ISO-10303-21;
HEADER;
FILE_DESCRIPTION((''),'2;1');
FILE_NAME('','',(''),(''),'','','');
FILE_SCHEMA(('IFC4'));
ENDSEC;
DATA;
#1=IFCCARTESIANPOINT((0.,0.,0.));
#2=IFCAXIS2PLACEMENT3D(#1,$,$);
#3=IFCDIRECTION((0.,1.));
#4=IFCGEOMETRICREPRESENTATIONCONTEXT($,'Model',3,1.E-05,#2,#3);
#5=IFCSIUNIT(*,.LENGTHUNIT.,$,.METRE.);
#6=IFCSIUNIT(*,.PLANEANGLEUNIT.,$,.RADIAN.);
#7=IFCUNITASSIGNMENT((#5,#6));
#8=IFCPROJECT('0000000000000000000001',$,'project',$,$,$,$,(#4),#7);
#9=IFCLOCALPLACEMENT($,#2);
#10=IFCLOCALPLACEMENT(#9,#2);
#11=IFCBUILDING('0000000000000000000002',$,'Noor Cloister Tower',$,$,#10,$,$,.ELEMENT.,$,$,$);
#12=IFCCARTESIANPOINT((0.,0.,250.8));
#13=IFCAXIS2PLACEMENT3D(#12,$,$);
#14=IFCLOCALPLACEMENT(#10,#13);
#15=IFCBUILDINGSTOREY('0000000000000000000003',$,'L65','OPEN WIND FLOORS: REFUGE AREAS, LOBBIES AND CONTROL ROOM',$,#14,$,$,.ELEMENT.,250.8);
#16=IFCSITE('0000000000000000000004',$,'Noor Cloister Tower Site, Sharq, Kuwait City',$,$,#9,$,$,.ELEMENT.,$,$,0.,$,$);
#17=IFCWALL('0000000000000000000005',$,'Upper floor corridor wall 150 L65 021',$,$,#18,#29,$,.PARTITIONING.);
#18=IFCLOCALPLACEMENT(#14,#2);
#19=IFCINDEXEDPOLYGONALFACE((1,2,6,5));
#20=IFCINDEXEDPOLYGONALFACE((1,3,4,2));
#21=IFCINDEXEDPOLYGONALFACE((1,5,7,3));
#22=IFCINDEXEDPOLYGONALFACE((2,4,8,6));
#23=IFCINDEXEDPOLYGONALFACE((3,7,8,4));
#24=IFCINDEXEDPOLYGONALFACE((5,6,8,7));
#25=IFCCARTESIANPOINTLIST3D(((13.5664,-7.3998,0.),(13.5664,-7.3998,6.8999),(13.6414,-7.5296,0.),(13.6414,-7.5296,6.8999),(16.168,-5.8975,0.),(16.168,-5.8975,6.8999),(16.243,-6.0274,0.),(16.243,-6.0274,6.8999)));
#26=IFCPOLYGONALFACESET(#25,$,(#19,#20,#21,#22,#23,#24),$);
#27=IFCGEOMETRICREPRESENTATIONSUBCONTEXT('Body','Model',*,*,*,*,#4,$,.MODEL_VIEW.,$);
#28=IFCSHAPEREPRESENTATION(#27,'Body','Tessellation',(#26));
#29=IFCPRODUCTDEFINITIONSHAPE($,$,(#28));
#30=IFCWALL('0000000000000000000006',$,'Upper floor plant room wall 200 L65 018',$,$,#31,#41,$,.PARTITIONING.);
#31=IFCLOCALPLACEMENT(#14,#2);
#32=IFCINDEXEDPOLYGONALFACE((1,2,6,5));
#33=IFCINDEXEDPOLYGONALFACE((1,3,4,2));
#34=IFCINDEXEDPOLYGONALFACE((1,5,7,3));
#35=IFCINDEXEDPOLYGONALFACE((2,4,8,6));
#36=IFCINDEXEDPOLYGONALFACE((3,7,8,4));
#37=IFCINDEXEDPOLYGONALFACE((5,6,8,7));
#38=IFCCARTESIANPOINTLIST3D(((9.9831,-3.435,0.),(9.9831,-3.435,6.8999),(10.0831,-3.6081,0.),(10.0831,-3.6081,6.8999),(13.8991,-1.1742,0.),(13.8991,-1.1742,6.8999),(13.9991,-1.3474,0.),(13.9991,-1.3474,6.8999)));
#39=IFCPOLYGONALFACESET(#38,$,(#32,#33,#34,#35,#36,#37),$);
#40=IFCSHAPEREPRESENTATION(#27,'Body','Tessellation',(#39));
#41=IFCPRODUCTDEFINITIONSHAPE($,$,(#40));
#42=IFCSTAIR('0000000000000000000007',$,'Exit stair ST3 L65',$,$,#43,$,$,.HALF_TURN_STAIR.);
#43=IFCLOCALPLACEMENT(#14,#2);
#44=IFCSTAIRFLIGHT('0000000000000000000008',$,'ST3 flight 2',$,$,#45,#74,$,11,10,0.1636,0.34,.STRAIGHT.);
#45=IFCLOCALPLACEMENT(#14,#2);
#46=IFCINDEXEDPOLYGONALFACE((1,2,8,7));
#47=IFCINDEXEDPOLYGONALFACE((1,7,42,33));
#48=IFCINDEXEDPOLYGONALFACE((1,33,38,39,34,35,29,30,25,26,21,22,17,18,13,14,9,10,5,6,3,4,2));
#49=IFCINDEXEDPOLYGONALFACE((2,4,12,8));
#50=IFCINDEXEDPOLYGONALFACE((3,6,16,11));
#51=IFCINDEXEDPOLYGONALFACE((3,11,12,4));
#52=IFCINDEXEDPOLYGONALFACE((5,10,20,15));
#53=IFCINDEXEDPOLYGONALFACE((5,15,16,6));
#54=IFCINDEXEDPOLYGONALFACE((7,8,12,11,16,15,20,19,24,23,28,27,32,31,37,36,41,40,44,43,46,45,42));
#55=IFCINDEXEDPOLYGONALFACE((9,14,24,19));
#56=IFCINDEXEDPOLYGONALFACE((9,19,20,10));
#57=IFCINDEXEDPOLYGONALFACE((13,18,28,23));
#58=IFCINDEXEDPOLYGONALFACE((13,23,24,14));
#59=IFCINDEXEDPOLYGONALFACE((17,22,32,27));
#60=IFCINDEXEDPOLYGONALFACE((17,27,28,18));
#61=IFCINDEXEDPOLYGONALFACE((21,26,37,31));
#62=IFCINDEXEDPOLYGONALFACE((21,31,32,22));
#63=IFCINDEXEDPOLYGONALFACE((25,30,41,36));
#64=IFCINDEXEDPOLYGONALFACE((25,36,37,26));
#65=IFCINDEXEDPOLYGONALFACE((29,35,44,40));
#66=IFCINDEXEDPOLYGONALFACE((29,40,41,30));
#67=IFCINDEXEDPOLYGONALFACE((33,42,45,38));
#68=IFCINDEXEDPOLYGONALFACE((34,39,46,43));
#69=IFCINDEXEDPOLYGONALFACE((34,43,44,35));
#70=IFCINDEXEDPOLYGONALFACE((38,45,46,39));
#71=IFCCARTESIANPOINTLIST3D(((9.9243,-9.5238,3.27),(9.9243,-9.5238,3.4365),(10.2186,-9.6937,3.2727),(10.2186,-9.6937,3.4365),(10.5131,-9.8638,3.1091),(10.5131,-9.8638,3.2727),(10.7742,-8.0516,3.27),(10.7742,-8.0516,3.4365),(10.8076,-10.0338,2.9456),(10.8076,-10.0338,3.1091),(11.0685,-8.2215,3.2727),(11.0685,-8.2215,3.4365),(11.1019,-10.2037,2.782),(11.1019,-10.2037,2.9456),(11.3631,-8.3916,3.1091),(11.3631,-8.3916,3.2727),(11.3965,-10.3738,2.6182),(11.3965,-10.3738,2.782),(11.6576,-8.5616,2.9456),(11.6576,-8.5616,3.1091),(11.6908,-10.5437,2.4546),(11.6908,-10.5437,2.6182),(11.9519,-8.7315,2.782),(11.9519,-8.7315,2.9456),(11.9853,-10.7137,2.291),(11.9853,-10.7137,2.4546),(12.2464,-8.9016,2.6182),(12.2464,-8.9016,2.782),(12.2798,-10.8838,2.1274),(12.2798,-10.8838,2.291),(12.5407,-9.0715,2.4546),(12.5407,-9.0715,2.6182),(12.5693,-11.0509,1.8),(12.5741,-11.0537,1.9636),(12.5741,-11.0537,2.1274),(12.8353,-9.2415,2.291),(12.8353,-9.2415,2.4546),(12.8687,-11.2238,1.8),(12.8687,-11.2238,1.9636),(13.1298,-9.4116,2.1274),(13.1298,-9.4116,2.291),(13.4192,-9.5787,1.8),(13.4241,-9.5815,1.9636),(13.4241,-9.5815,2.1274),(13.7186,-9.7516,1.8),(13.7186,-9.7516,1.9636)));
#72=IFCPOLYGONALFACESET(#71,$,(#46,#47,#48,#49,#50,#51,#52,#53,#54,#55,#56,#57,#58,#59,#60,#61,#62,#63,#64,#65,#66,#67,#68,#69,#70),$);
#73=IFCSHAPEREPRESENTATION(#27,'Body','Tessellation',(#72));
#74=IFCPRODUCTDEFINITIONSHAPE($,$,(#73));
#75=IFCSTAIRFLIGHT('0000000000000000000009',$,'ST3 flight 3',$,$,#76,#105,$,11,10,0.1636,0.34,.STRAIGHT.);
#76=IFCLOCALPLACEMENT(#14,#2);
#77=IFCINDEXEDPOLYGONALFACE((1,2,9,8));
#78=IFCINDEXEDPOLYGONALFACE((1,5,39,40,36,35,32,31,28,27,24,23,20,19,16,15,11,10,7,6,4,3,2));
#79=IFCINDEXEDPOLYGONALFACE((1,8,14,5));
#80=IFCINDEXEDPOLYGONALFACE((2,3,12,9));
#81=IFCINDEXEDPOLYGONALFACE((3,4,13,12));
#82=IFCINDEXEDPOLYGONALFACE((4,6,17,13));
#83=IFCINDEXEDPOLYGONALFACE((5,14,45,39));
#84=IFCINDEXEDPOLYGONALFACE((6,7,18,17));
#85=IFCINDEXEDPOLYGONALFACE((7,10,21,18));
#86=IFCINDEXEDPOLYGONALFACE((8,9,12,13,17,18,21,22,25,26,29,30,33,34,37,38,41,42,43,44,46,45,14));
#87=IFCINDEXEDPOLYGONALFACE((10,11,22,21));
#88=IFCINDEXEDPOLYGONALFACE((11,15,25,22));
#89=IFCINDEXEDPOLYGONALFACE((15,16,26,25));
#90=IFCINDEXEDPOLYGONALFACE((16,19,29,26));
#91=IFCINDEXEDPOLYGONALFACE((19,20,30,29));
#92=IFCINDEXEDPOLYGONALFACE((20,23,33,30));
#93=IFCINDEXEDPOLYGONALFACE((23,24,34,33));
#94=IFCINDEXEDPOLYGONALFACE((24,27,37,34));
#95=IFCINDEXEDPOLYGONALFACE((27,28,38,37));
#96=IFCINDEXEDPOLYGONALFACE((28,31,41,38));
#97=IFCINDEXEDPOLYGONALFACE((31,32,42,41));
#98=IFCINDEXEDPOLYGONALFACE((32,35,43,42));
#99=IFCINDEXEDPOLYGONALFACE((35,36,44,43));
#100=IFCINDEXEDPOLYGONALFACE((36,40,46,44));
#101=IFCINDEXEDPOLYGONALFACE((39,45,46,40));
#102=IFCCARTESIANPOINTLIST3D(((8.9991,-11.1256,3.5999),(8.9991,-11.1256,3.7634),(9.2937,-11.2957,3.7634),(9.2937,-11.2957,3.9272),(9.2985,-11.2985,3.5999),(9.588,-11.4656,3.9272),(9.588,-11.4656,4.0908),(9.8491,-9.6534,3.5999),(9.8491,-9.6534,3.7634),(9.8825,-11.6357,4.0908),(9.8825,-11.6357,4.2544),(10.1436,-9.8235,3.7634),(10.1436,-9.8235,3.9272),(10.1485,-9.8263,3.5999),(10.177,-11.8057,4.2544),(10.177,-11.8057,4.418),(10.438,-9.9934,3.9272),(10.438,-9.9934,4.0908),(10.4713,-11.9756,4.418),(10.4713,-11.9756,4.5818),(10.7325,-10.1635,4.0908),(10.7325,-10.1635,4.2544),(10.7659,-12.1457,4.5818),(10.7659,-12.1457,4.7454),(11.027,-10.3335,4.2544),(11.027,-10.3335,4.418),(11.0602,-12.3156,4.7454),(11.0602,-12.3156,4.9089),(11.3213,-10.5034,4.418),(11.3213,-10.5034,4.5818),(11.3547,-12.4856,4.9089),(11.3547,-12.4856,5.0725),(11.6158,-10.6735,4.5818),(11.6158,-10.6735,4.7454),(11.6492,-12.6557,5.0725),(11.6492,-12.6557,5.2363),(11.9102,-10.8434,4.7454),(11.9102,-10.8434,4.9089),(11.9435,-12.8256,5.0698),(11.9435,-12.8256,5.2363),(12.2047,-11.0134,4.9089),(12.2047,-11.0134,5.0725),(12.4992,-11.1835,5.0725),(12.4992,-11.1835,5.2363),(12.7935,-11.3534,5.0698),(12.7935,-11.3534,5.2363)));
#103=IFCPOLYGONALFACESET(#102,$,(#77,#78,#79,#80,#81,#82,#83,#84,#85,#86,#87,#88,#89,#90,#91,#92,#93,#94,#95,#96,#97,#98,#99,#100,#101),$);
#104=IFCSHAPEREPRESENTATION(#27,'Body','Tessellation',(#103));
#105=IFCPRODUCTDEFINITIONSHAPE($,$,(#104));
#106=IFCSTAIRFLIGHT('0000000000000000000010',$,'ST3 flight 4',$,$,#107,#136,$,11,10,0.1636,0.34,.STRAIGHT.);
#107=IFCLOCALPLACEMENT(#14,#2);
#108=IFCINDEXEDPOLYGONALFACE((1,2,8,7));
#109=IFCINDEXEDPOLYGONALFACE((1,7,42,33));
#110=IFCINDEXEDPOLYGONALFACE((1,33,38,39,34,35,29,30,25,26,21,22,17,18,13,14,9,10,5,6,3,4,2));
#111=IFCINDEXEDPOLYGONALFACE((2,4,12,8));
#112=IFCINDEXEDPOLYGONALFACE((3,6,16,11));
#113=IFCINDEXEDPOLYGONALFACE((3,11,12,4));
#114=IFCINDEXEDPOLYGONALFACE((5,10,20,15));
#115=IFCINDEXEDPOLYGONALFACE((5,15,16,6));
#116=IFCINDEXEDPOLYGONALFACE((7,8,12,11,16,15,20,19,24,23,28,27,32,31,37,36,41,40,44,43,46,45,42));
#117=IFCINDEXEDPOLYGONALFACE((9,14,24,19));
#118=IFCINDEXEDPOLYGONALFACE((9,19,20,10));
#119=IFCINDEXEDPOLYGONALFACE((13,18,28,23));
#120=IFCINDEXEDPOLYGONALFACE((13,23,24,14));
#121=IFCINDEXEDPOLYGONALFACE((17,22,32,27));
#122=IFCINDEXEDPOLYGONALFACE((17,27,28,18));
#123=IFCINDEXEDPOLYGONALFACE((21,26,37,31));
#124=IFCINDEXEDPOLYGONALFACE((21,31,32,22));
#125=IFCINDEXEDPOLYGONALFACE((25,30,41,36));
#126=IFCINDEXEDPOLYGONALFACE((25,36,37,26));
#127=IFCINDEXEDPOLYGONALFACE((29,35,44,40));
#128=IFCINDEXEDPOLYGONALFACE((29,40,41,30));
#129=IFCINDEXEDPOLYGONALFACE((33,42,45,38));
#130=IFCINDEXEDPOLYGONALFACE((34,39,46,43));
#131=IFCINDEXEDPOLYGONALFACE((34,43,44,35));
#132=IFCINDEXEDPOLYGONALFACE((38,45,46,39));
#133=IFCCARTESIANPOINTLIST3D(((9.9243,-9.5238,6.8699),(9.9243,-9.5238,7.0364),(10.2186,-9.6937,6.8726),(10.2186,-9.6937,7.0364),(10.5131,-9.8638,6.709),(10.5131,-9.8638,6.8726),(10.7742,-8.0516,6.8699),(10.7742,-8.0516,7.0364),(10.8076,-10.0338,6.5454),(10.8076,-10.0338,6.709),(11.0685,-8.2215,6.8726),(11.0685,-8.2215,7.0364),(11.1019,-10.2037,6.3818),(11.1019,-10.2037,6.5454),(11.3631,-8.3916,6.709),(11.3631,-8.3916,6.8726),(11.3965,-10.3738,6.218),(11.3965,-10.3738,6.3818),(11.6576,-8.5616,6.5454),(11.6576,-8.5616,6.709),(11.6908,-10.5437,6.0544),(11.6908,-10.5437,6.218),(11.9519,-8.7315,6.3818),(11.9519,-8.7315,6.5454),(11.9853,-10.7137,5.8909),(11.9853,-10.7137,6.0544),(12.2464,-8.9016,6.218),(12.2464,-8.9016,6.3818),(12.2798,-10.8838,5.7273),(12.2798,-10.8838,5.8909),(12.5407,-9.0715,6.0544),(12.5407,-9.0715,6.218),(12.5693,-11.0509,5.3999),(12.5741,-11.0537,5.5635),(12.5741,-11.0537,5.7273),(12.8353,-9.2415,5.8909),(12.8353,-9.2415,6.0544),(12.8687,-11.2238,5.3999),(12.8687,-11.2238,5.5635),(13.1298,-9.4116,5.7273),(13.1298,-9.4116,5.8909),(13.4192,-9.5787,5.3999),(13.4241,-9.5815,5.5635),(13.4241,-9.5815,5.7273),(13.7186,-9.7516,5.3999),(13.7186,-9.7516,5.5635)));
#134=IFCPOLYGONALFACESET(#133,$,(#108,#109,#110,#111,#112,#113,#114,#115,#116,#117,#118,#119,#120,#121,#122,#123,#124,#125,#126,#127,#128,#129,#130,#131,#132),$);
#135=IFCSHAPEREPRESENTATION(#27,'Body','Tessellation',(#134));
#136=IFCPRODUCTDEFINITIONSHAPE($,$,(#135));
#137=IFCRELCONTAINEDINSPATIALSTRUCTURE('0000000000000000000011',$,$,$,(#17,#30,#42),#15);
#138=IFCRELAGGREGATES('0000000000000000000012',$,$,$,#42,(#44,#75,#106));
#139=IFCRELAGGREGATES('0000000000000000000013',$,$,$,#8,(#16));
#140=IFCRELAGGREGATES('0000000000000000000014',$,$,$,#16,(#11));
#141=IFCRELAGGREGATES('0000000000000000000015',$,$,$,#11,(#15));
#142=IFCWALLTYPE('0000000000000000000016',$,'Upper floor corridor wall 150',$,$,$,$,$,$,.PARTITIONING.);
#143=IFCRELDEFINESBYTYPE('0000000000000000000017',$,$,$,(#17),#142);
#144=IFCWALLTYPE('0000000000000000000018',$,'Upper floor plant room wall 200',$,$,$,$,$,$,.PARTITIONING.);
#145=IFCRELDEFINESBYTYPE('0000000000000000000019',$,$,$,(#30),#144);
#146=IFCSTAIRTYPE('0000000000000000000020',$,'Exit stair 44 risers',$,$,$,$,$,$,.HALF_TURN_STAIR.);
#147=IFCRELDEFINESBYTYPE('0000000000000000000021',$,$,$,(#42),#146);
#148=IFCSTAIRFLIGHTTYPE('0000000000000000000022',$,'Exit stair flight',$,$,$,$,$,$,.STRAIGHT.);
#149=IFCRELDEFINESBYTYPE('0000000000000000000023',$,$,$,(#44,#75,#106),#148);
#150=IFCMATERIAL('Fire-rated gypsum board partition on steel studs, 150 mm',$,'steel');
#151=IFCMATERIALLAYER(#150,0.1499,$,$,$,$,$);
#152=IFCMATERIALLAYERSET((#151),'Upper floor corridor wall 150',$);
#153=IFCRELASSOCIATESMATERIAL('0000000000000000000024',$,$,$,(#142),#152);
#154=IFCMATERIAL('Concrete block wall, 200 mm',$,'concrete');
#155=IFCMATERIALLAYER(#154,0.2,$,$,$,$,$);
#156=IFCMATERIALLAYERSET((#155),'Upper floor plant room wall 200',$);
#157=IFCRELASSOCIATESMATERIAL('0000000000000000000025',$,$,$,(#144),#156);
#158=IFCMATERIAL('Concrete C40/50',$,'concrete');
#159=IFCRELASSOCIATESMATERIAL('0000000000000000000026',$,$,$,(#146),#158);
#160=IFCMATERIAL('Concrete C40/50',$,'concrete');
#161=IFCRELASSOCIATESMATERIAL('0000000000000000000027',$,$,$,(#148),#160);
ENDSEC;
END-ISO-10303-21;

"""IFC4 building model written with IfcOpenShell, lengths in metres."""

from ifc_helpers import new_model, si_unit, direction, frame, frame_2d, origin, place, context, subcontext, project, spatial, polyline, rectangle, outline, extrude, material, layer, layer_set, type_object, element, aggregate, save


model = new_model("IFC4")

# Units and contexts
model_context = context("Model", 3, precision=1e-05, world=origin(), true_north=direction((0.0, 1.0)))
body_context = subcontext(model_context, "Body", "Model", "MODEL_VIEW")
ifc_project = project(units=[si_unit("LENGTHUNIT", "METRE"), si_unit("PLANEANGLEUNIT", "RADIAN")], contexts=[model_context])

# Site, building, storey
site_placement = place(None, origin())
site = spatial("IfcSite", under=ifc_project, at=site_placement, Name="Noor Cloister Tower Site, Sharq, Kuwait City", CompositionType="ELEMENT", RefElevation=0.0)
building_placement = place(site_placement, origin())
building = spatial("IfcBuilding", under=site, at=building_placement, Name="Noor Cloister Tower", CompositionType="ELEMENT")
storey_placement = place(building_placement, frame((0.0, 0.0, 250.8)))
storey = spatial("IfcBuildingStorey", under=building, at=storey_placement, Name="L65", Description="OPEN WIND FLOORS: REFUGE AREAS, LOBBIES AND CONTROL ROOM", CompositionType="ELEMENT", Elevation=250.8)

# Shared definitions
ifc_material_1 = material(Name="Fire-rated gypsum board partition on steel studs, 150 mm", Category="steel")
ifc_layer_1 = layer(ifc_material_1, 0.1499)
ifc_layer_set_1 = layer_set([ifc_layer_1], Name="Upper floor corridor wall 150")
wall_type_1 = type_object("IfcWallType", Name="Upper floor corridor wall 150", PredefinedType="PARTITIONING", material=ifc_layer_set_1)

# Walls
wall_1_placement = place(storey_placement, frame((13.604, -7.4646, 0.0), z_axis=(0.0, 0.0, 1.0), x_axis=(0.865999, 0.500046, 0.0)))
element("IfcWall", 1, at=wall_1_placement, inside=storey, type_object=wall_type_1, Name="Upper floor corridor wall 150 L65 021", PredefinedType="PARTITIONING", context=body_context, shape_type="SweptSolid", body=[
    extrude(rectangle(XDim=3.0042, YDim=0.1499, at=frame_2d((1.502, 0.0))), origin(), (0.0, 0.0, 1.0), 6.8999),
])
ifc_material_2 = material(Name="Concrete block wall, 200 mm", Category="concrete")
ifc_layer_2 = layer(ifc_material_2, 0.2)
ifc_layer_set_2 = layer_set([ifc_layer_2], Name="Upper floor plant room wall 200")
wall_type_2 = type_object("IfcWallType", Name="Upper floor plant room wall 200", PredefinedType="PARTITIONING", material=ifc_layer_set_2)
wall_2_placement = place(storey_placement, frame((10.0332, -3.5215, 0.0), z_axis=(0.0, 0.0, 1.0), x_axis=(0.866042, 0.499972, 0.0)))
element("IfcWall", 2, at=wall_2_placement, inside=storey, type_object=wall_type_2, Name="Upper floor plant room wall 200 L65 018", PredefinedType="PARTITIONING", context=body_context, shape_type="SweptSolid", body=[
    extrude(rectangle(XDim=4.5217, YDim=0.2, at=frame_2d((2.2607, 0.0))), origin(), (0.0, 0.0, 1.0), 6.8999),
])

# Stair, stair flights
ifc_material_3 = material(Name="Concrete C40/50", Category="concrete")
stair_type = type_object("IfcStairType", Name="Exit stair 44 risers", PredefinedType="HALF_TURN_STAIR", material=ifc_material_3)
stair_placement = place(storey_placement, origin())
stair = element("IfcStair", 3, at=stair_placement, inside=storey, type_object=stair_type, Name="Exit stair ST3 L65", PredefinedType="HALF_TURN_STAIR")
ifc_material_4 = material(Name="Concrete C40/50", Category="concrete")
stair_flight_type = type_object("IfcStairFlightType", Name="Exit stair flight", PredefinedType="STRAIGHT", material=ifc_material_4)
stair_flight_1_placement = place(storey_placement, frame((13.2937, -10.4875, 1.8), z_axis=(0.0, 0.0, 1.0), x_axis=(-0.866025, 0.5, 0.0)))
stair_flight_1 = element("IfcStairFlight", 4, at=stair_flight_1_placement, type_object=stair_flight_type, Name="ST3 flight 2", NumberOfRisers=11, NumberOfTreads=10, PredefinedType="STRAIGHT", RiserHeight=0.1636, TreadLength=0.34, context=body_context, shape_type="SweptSolid", body=[
    extrude(outline(polyline([(0.0, 0.0), (0.0, 0.1636), (0.3401, 0.1636), (0.3401, 0.3274), (0.6799, 0.3274), (0.6799, 0.491), (1.02, 0.491), (1.02, 0.6545), (1.3601, 0.6545), (1.3601, 0.8181), (1.7, 0.8181), (1.7, 0.9819), (2.04, 0.9819), (2.04, 1.1455), (2.3799, 1.1455), (2.3799, 1.3091), (2.72, 1.3091), (2.72, 1.4727), (3.0601, 1.4727), (3.0601, 1.6365), (3.3999, 1.6365), (3.3999, 1.8), (3.3999, 1.47), (0.3457, 0.0), (0.0, 0.0)])), frame((0.0, 0.8501, 0.0), z_axis=(0.0, -1.0, 0.0), x_axis=(1.0, 0.0, 0.0)), (0.0, 0.0, 1.0), 1.7),
])
stair_flight_2_placement = place(storey_placement, frame((9.4241, -10.3896, 3.5999), z_axis=(0.0, 0.0, 1.0), x_axis=(0.866025, -0.5, 0.0)))
stair_flight_2 = element("IfcStairFlight", 5, at=stair_flight_2_placement, type_object=stair_flight_type, Name="ST3 flight 3", NumberOfRisers=11, NumberOfTreads=10, PredefinedType="STRAIGHT", RiserHeight=0.1636, TreadLength=0.34, context=body_context, shape_type="SweptSolid", body=[
    extrude(outline(polyline([(0.0, 0.0), (0.0, 0.1636), (0.3401, 0.1636), (0.3401, 0.3274), (0.6799, 0.3274), (0.6799, 0.491), (1.02, 0.491), (1.02, 0.6545), (1.3601, 0.6545), (1.3601, 0.8181), (1.7, 0.8181), (1.7, 0.9819), (2.04, 0.9819), (2.04, 1.1455), (2.3799, 1.1455), (2.3799, 1.3091), (2.72, 1.3091), (2.72, 1.4727), (3.0601, 1.4727), (3.0601, 1.6365), (3.3999, 1.6365), (3.3999, 1.8), (3.3999, 1.47), (0.3457, 0.0), (0.0, 0.0)])), frame((0.0, 0.8501, 0.0), z_axis=(0.0, -1.0, 0.0), x_axis=(1.0, 0.0, 0.0)), (0.0, 0.0, 1.0), 1.7),
])
stair_flight_3_placement = place(storey_placement, frame((13.2937, -10.4875, 5.3999), z_axis=(0.0, 0.0, 1.0), x_axis=(-0.866025, 0.5, 0.0)))
stair_flight_3 = element("IfcStairFlight", 6, at=stair_flight_3_placement, type_object=stair_flight_type, Name="ST3 flight 4", NumberOfRisers=11, NumberOfTreads=10, PredefinedType="STRAIGHT", RiserHeight=0.1636, TreadLength=0.34, context=body_context, shape_type="SweptSolid", body=[
    extrude(outline(polyline([(0.0, 0.0), (0.0, 0.1636), (0.3401, 0.1636), (0.3401, 0.3274), (0.6799, 0.3274), (0.6799, 0.491), (1.02, 0.491), (1.02, 0.6545), (1.3601, 0.6545), (1.3601, 0.8181), (1.7, 0.8181), (1.7, 0.9819), (2.04, 0.9819), (2.04, 1.1455), (2.3799, 1.1455), (2.3799, 1.3091), (2.72, 1.3091), (2.72, 1.4727), (3.0601, 1.4727), (3.0601, 1.6365), (3.3999, 1.6365), (3.3999, 1.8), (3.3999, 1.47), (0.3457, 0.0), (0.0, 0.0)])), frame((0.0, 0.8501, 0.0), z_axis=(0.0, -1.0, 0.0), x_axis=(1.0, 0.0, 0.0)), (0.0, 0.0, 1.0), 1.7),
])
aggregate(stair, [stair_flight_1, stair_flight_2, stair_flight_3])

save(model, "model.ifc")
